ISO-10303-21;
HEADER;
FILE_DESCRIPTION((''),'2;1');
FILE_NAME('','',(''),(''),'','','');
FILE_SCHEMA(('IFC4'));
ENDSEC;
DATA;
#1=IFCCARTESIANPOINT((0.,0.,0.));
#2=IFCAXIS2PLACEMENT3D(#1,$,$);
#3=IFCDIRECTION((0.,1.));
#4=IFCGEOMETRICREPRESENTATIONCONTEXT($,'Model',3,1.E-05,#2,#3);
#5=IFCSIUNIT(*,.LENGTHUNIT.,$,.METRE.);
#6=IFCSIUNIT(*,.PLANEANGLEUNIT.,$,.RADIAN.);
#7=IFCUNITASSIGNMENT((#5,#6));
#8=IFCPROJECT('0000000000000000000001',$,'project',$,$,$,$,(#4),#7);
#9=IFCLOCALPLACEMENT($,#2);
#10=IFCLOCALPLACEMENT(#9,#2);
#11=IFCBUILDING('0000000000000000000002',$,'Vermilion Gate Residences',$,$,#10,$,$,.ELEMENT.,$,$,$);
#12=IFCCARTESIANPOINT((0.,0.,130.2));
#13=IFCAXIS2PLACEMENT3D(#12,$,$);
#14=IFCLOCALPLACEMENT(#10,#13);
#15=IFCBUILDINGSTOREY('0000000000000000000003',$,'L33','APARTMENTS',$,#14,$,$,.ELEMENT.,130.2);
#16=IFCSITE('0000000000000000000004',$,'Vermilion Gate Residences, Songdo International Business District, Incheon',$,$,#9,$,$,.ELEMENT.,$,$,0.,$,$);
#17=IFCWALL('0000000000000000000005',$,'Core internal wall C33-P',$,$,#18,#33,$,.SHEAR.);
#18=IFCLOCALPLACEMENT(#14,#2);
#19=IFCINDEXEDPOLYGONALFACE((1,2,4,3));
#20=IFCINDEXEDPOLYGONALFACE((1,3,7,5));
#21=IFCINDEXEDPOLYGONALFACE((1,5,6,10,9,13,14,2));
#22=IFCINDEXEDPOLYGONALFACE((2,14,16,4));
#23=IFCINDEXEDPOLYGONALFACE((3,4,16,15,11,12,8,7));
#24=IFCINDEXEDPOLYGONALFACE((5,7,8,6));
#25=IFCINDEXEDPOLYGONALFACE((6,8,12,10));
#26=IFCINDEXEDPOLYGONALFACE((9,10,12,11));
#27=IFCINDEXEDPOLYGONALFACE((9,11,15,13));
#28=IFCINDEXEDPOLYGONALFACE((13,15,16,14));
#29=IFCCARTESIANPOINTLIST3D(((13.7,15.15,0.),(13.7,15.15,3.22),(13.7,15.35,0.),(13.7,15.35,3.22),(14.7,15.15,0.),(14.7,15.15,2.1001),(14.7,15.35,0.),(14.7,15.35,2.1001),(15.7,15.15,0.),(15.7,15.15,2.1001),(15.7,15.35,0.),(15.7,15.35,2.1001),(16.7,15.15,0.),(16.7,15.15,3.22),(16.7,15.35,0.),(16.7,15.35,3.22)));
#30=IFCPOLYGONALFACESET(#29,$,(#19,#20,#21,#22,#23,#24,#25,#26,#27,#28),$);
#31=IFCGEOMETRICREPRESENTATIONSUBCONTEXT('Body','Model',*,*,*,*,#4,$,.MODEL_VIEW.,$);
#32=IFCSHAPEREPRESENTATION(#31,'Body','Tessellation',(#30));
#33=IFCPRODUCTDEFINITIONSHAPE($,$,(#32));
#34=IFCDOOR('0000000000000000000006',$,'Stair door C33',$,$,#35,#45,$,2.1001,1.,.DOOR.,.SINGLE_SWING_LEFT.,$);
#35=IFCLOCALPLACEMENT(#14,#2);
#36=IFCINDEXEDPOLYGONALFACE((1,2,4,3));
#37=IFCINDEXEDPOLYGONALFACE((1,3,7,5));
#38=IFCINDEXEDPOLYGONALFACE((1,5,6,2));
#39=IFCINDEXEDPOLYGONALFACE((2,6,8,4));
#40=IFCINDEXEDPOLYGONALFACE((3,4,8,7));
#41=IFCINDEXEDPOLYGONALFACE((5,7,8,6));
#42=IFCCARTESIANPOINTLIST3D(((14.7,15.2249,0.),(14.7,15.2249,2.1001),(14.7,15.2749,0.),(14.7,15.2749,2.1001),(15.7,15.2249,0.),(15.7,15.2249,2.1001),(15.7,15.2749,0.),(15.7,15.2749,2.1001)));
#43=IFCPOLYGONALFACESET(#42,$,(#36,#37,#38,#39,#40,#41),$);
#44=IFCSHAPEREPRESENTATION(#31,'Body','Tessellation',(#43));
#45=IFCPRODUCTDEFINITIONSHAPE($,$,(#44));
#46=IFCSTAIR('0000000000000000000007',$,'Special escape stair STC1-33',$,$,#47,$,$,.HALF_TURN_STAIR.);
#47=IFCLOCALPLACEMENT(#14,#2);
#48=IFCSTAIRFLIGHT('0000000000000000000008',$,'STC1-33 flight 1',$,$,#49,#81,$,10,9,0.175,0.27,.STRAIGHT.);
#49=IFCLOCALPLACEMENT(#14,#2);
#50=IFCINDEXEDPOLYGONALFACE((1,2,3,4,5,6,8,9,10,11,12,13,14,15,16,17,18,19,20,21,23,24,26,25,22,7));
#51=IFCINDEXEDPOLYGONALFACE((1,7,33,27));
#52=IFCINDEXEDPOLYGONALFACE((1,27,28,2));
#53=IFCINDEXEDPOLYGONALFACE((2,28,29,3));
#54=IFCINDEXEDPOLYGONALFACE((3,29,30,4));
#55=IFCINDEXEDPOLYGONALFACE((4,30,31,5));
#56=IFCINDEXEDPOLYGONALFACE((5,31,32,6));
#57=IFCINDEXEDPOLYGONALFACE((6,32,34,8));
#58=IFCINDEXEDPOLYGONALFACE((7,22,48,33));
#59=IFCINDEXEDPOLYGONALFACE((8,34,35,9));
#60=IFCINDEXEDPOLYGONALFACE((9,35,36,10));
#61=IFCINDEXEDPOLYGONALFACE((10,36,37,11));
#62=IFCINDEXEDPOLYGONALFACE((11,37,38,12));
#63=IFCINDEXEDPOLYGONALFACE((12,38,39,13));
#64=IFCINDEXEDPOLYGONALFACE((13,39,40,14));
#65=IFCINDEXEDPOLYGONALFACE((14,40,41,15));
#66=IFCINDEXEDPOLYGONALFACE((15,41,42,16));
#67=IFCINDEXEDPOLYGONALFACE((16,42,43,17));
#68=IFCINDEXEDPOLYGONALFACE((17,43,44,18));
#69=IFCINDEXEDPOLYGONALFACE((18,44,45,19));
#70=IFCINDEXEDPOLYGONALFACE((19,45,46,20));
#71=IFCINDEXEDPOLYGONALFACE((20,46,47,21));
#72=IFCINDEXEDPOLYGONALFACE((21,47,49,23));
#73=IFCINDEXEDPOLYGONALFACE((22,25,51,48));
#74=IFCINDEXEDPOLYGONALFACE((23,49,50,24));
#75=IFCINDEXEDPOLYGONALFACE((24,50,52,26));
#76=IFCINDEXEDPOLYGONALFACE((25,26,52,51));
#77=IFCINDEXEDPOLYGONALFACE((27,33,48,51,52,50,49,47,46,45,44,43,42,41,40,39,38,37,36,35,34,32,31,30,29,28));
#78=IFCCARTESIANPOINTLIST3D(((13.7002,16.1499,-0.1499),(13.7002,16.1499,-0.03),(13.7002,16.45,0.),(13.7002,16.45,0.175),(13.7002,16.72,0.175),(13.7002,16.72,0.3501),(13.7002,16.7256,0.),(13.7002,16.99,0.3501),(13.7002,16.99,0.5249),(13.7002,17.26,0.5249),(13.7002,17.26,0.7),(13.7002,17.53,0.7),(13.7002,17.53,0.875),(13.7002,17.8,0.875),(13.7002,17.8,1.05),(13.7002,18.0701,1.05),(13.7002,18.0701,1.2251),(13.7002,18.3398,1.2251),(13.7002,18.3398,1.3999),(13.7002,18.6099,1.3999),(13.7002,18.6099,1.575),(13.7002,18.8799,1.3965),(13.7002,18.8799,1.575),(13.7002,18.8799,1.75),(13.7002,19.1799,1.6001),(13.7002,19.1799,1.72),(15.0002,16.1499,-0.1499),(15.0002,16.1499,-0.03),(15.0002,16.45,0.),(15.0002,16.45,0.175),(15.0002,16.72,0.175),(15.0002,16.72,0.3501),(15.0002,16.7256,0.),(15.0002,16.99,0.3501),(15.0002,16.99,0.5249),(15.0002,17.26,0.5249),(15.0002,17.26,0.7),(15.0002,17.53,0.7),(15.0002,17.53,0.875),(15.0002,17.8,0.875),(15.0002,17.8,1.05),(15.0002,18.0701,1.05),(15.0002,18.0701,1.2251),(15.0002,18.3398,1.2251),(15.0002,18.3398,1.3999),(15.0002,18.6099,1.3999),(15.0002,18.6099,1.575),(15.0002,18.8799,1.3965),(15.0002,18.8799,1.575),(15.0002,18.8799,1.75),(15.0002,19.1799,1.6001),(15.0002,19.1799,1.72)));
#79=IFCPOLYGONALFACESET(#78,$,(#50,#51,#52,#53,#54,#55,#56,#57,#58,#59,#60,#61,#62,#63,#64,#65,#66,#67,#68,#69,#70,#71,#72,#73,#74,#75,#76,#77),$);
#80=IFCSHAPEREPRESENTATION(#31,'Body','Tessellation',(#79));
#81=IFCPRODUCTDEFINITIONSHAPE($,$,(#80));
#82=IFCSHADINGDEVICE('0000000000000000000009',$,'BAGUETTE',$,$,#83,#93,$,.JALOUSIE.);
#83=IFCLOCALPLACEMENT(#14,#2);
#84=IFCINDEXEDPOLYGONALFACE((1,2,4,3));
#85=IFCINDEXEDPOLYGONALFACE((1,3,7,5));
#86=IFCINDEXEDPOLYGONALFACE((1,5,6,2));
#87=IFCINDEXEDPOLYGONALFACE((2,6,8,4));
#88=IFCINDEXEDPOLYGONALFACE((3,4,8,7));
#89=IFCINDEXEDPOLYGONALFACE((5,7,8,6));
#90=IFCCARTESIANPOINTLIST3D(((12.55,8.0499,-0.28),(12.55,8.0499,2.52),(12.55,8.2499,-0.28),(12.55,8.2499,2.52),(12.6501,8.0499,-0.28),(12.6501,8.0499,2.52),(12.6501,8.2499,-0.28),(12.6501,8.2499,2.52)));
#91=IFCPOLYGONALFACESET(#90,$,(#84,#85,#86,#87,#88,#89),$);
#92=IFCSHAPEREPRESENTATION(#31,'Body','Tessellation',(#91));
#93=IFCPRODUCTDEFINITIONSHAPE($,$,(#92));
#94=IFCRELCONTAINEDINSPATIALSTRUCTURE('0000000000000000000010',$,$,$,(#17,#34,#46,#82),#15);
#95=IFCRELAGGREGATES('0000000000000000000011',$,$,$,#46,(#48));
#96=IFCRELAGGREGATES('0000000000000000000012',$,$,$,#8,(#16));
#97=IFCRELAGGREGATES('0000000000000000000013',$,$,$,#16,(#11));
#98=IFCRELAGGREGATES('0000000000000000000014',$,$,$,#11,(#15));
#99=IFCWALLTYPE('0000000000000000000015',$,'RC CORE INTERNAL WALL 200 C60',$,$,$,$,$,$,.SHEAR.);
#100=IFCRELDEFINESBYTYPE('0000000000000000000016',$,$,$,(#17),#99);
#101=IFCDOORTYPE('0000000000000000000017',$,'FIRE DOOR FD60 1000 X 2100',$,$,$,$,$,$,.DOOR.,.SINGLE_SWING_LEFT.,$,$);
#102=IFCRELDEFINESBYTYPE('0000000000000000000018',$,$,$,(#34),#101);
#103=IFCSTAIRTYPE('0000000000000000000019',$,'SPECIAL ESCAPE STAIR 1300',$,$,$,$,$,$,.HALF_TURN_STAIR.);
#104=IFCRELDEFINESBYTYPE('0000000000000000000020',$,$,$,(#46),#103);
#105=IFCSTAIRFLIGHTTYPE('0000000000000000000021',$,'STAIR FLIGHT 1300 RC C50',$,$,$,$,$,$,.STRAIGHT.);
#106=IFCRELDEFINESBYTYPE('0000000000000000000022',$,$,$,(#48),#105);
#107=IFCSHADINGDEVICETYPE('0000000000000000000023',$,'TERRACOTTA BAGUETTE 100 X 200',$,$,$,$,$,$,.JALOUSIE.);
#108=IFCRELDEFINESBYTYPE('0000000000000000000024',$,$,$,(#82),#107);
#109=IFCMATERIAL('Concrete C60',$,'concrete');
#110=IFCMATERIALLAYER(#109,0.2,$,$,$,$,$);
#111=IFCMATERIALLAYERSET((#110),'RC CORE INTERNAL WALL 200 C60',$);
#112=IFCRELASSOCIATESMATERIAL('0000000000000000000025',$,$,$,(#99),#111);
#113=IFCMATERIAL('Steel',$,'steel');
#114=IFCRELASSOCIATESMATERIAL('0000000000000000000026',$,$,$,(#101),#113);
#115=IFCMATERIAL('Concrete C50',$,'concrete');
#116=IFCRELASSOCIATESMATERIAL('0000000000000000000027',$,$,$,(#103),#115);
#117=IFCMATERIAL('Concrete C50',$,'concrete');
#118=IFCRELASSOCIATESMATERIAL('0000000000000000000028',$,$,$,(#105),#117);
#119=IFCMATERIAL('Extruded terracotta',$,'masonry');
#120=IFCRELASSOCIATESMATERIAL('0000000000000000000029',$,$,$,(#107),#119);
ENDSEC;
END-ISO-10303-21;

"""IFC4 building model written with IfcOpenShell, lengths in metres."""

from ifc_helpers import new_model, si_unit, direction, frame, frame_2d, origin, origin_2d, place, context, subcontext, project, spatial, polyline, rectangle, outline, extrude, material, layer, layer_set, material_profile, profile_set, type_object, element, fill, aggregate, save


model = new_model("IFC4")

# Units and contexts
model_context = context("Model", 3, precision=1e-05, world=origin(), true_north=direction((0.0, 1.0)))
body_context = subcontext(model_context, "Body", "Model", "MODEL_VIEW")
ifc_project = project(units=[si_unit("LENGTHUNIT", "METRE"), si_unit("PLANEANGLEUNIT", "RADIAN")], contexts=[model_context])

# Site, building, storey
site_placement = place(None, origin())
site = spatial("IfcSite", under=ifc_project, at=site_placement, Name="Vermilion Gate Residences, Songdo International Business District, Incheon", CompositionType="ELEMENT", RefElevation=0.0)
building_placement = place(site_placement, origin())
building = spatial("IfcBuilding", under=site, at=building_placement, Name="Vermilion Gate Residences", CompositionType="ELEMENT")
storey_placement = place(building_placement, frame((0.0, 0.0, 130.2)))
storey = spatial("IfcBuildingStorey", under=building, at=storey_placement, Name="L33", Description="APARTMENTS", CompositionType="ELEMENT", Elevation=130.2)

# Shared definitions
ifc_material_1 = material(Name="Concrete C60", Category="concrete")
ifc_layer_1 = layer(ifc_material_1, 0.2)
ifc_layer_set_1 = layer_set([ifc_layer_1], Name="RC CORE INTERNAL WALL 200 C60")
wall_type_1 = type_object("IfcWallType", Name="RC CORE INTERNAL WALL 200 C60", PredefinedType="SHEAR", material=ifc_layer_set_1)
ifc_material_2 = material(Name="Steel", Category="steel")
door_type_1 = type_object("IfcDoorType", Name="FIRE DOOR FD60 1000 X 2100", OperationType="SINGLE_SWING_LEFT", PredefinedType="DOOR", material=ifc_material_2)

# Wall, opening, door
wall_1_placement = place(storey_placement, frame((13.7, 15.25, 0.0), z_axis=(0.0, 0.0, 1.0), x_axis=(1.0, 0.0, 0.0)))
wall_1 = element("IfcWall", 1, at=wall_1_placement, inside=storey, type_object=wall_type_1, Name="Core internal wall C33-P", PredefinedType="SHEAR", context=body_context, shape_type="SweptSolid", body=[
    extrude(rectangle(XDim=3.0, YDim=0.2, at=frame_2d((1.5, 0.0))), origin(), (0.0, 0.0, 1.0), 3.22),
])
opening_1_placement = place(wall_1_placement, frame((1.0, 0.0, 0.0)))
opening_1 = element("IfcOpeningElement", 2, at=opening_1_placement, cuts=wall_1, PredefinedType="OPENING", context=body_context, shape_type="SweptSolid", body=[
    extrude(rectangle(XDim=1.0, YDim=2.1001, at=frame_2d((0.5, 1.05))), frame((0.0, 0.1099, 0.0), z_axis=(0.0, -1.0, 0.0), x_axis=(1.0, 0.0, 0.0)), (0.0, 0.0, 1.0), 0.22),
])
door_1_placement = place(opening_1_placement, origin())
door_1 = element("IfcDoor", 3, at=door_1_placement, inside=storey, type_object=door_type_1, Name="Stair door C33", OperationType="SINGLE_SWING_LEFT", OverallHeight=2.1001, OverallWidth=1.0, PredefinedType="DOOR", context=body_context, shape_type="SweptSolid", body=[
    extrude(rectangle(XDim=1.0, YDim=2.1001, at=frame_2d((0.5, 1.05))), frame((0.0, 0.0249, 0.0), z_axis=(0.0, -1.0, 0.0), x_axis=(1.0, 0.0, 0.0)), (0.0, 0.0, 1.0), 0.05),
])
fill(opening_1, door_1)

# Stair, stair flight
ifc_material_3 = material(Name="Concrete C50", Category="concrete")
stair_type = type_object("IfcStairType", Name="SPECIAL ESCAPE STAIR 1300", PredefinedType="HALF_TURN_STAIR", material=ifc_material_3)
stair_placement = place(storey_placement, origin())
stair = element("IfcStair", 4, at=stair_placement, inside=storey, type_object=stair_type, Name="Special escape stair STC1-33", PredefinedType="HALF_TURN_STAIR")
ifc_material_4 = material(Name="Concrete C50", Category="concrete")
stair_flight_type = type_object("IfcStairFlightType", Name="STAIR FLIGHT 1300 RC C50", PredefinedType="STRAIGHT", material=ifc_material_4)
stair_flight_placement = place(storey_placement, frame((14.3501, 16.45, 0.0), z_axis=(0.0, 0.0, 1.0), x_axis=(0.0, 1.0, 0.0)))
stair_flight = element("IfcStairFlight", 5, at=stair_flight_placement, type_object=stair_flight_type, Name="STC1-33 flight 1", NumberOfRisers=10, NumberOfTreads=9, PredefinedType="STRAIGHT", RiserHeight=0.175, TreadLength=0.27, context=body_context, shape_type="SweptSolid", body=[
    extrude(outline(polyline([(-0.3, -0.1499), (-0.3, -0.03), (0.0, 0.0), (0.0, 0.175), (0.27, 0.175), (0.27, 0.3501), (0.54, 0.3501), (0.54, 0.5249), (0.8101, 0.5249), (0.8101, 0.7), (1.0801, 0.7), (1.0801, 0.875), (1.3501, 0.875), (1.3501, 1.05), (1.6201, 1.05), (1.6201, 1.2251), (1.8899, 1.2251), (1.8899, 1.3999), (2.1599, 1.3999), (2.1599, 1.575), (2.4299, 1.575), (2.4299, 1.75), (2.73, 1.72), (2.73, 1.6001), (2.4299, 1.3965), (0.2756, 0.0), (-0.3, -0.1499)])), frame((0.0, 0.6499, 0.0), z_axis=(0.0, -1.0, 0.0), x_axis=(1.0, 0.0, 0.0)), (0.0, 0.0, 1.0), 1.3),
])
aggregate(stair, [stair_flight])

# Shading device
ifc_material_5 = material(Name="Extruded terracotta", Category="masonry")
ifc_material_profile_1 = material_profile(ifc_material_5, rectangle(XDim=0.2, YDim=0.1001, at=origin_2d()), Name="BAGUETTE 100 X 200")
ifc_profile_set_1 = profile_set([ifc_material_profile_1], Name="Extruded terracotta")
shading_device_type = type_object("IfcShadingDeviceType", Name="TERRACOTTA BAGUETTE 100 X 200", PredefinedType="JALOUSIE", material=ifc_profile_set_1)
shading_device_placement = place(storey_placement, frame((12.6001, 8.1499, -0.28), z_axis=(0.0, 0.0, 1.0), x_axis=(0.0, 1.0, 0.0)))
element("IfcShadingDevice", 6, at=shading_device_placement, inside=storey, type_object=shading_device_type, Name="BAGUETTE", PredefinedType="JALOUSIE", context=body_context, shape_type="SweptSolid", body=[
    extrude(rectangle(XDim=0.2, YDim=0.1001, at=origin_2d()), origin(), (0.0, 0.0, 1.0), 2.8),
])

save(model, "model.ifc")
